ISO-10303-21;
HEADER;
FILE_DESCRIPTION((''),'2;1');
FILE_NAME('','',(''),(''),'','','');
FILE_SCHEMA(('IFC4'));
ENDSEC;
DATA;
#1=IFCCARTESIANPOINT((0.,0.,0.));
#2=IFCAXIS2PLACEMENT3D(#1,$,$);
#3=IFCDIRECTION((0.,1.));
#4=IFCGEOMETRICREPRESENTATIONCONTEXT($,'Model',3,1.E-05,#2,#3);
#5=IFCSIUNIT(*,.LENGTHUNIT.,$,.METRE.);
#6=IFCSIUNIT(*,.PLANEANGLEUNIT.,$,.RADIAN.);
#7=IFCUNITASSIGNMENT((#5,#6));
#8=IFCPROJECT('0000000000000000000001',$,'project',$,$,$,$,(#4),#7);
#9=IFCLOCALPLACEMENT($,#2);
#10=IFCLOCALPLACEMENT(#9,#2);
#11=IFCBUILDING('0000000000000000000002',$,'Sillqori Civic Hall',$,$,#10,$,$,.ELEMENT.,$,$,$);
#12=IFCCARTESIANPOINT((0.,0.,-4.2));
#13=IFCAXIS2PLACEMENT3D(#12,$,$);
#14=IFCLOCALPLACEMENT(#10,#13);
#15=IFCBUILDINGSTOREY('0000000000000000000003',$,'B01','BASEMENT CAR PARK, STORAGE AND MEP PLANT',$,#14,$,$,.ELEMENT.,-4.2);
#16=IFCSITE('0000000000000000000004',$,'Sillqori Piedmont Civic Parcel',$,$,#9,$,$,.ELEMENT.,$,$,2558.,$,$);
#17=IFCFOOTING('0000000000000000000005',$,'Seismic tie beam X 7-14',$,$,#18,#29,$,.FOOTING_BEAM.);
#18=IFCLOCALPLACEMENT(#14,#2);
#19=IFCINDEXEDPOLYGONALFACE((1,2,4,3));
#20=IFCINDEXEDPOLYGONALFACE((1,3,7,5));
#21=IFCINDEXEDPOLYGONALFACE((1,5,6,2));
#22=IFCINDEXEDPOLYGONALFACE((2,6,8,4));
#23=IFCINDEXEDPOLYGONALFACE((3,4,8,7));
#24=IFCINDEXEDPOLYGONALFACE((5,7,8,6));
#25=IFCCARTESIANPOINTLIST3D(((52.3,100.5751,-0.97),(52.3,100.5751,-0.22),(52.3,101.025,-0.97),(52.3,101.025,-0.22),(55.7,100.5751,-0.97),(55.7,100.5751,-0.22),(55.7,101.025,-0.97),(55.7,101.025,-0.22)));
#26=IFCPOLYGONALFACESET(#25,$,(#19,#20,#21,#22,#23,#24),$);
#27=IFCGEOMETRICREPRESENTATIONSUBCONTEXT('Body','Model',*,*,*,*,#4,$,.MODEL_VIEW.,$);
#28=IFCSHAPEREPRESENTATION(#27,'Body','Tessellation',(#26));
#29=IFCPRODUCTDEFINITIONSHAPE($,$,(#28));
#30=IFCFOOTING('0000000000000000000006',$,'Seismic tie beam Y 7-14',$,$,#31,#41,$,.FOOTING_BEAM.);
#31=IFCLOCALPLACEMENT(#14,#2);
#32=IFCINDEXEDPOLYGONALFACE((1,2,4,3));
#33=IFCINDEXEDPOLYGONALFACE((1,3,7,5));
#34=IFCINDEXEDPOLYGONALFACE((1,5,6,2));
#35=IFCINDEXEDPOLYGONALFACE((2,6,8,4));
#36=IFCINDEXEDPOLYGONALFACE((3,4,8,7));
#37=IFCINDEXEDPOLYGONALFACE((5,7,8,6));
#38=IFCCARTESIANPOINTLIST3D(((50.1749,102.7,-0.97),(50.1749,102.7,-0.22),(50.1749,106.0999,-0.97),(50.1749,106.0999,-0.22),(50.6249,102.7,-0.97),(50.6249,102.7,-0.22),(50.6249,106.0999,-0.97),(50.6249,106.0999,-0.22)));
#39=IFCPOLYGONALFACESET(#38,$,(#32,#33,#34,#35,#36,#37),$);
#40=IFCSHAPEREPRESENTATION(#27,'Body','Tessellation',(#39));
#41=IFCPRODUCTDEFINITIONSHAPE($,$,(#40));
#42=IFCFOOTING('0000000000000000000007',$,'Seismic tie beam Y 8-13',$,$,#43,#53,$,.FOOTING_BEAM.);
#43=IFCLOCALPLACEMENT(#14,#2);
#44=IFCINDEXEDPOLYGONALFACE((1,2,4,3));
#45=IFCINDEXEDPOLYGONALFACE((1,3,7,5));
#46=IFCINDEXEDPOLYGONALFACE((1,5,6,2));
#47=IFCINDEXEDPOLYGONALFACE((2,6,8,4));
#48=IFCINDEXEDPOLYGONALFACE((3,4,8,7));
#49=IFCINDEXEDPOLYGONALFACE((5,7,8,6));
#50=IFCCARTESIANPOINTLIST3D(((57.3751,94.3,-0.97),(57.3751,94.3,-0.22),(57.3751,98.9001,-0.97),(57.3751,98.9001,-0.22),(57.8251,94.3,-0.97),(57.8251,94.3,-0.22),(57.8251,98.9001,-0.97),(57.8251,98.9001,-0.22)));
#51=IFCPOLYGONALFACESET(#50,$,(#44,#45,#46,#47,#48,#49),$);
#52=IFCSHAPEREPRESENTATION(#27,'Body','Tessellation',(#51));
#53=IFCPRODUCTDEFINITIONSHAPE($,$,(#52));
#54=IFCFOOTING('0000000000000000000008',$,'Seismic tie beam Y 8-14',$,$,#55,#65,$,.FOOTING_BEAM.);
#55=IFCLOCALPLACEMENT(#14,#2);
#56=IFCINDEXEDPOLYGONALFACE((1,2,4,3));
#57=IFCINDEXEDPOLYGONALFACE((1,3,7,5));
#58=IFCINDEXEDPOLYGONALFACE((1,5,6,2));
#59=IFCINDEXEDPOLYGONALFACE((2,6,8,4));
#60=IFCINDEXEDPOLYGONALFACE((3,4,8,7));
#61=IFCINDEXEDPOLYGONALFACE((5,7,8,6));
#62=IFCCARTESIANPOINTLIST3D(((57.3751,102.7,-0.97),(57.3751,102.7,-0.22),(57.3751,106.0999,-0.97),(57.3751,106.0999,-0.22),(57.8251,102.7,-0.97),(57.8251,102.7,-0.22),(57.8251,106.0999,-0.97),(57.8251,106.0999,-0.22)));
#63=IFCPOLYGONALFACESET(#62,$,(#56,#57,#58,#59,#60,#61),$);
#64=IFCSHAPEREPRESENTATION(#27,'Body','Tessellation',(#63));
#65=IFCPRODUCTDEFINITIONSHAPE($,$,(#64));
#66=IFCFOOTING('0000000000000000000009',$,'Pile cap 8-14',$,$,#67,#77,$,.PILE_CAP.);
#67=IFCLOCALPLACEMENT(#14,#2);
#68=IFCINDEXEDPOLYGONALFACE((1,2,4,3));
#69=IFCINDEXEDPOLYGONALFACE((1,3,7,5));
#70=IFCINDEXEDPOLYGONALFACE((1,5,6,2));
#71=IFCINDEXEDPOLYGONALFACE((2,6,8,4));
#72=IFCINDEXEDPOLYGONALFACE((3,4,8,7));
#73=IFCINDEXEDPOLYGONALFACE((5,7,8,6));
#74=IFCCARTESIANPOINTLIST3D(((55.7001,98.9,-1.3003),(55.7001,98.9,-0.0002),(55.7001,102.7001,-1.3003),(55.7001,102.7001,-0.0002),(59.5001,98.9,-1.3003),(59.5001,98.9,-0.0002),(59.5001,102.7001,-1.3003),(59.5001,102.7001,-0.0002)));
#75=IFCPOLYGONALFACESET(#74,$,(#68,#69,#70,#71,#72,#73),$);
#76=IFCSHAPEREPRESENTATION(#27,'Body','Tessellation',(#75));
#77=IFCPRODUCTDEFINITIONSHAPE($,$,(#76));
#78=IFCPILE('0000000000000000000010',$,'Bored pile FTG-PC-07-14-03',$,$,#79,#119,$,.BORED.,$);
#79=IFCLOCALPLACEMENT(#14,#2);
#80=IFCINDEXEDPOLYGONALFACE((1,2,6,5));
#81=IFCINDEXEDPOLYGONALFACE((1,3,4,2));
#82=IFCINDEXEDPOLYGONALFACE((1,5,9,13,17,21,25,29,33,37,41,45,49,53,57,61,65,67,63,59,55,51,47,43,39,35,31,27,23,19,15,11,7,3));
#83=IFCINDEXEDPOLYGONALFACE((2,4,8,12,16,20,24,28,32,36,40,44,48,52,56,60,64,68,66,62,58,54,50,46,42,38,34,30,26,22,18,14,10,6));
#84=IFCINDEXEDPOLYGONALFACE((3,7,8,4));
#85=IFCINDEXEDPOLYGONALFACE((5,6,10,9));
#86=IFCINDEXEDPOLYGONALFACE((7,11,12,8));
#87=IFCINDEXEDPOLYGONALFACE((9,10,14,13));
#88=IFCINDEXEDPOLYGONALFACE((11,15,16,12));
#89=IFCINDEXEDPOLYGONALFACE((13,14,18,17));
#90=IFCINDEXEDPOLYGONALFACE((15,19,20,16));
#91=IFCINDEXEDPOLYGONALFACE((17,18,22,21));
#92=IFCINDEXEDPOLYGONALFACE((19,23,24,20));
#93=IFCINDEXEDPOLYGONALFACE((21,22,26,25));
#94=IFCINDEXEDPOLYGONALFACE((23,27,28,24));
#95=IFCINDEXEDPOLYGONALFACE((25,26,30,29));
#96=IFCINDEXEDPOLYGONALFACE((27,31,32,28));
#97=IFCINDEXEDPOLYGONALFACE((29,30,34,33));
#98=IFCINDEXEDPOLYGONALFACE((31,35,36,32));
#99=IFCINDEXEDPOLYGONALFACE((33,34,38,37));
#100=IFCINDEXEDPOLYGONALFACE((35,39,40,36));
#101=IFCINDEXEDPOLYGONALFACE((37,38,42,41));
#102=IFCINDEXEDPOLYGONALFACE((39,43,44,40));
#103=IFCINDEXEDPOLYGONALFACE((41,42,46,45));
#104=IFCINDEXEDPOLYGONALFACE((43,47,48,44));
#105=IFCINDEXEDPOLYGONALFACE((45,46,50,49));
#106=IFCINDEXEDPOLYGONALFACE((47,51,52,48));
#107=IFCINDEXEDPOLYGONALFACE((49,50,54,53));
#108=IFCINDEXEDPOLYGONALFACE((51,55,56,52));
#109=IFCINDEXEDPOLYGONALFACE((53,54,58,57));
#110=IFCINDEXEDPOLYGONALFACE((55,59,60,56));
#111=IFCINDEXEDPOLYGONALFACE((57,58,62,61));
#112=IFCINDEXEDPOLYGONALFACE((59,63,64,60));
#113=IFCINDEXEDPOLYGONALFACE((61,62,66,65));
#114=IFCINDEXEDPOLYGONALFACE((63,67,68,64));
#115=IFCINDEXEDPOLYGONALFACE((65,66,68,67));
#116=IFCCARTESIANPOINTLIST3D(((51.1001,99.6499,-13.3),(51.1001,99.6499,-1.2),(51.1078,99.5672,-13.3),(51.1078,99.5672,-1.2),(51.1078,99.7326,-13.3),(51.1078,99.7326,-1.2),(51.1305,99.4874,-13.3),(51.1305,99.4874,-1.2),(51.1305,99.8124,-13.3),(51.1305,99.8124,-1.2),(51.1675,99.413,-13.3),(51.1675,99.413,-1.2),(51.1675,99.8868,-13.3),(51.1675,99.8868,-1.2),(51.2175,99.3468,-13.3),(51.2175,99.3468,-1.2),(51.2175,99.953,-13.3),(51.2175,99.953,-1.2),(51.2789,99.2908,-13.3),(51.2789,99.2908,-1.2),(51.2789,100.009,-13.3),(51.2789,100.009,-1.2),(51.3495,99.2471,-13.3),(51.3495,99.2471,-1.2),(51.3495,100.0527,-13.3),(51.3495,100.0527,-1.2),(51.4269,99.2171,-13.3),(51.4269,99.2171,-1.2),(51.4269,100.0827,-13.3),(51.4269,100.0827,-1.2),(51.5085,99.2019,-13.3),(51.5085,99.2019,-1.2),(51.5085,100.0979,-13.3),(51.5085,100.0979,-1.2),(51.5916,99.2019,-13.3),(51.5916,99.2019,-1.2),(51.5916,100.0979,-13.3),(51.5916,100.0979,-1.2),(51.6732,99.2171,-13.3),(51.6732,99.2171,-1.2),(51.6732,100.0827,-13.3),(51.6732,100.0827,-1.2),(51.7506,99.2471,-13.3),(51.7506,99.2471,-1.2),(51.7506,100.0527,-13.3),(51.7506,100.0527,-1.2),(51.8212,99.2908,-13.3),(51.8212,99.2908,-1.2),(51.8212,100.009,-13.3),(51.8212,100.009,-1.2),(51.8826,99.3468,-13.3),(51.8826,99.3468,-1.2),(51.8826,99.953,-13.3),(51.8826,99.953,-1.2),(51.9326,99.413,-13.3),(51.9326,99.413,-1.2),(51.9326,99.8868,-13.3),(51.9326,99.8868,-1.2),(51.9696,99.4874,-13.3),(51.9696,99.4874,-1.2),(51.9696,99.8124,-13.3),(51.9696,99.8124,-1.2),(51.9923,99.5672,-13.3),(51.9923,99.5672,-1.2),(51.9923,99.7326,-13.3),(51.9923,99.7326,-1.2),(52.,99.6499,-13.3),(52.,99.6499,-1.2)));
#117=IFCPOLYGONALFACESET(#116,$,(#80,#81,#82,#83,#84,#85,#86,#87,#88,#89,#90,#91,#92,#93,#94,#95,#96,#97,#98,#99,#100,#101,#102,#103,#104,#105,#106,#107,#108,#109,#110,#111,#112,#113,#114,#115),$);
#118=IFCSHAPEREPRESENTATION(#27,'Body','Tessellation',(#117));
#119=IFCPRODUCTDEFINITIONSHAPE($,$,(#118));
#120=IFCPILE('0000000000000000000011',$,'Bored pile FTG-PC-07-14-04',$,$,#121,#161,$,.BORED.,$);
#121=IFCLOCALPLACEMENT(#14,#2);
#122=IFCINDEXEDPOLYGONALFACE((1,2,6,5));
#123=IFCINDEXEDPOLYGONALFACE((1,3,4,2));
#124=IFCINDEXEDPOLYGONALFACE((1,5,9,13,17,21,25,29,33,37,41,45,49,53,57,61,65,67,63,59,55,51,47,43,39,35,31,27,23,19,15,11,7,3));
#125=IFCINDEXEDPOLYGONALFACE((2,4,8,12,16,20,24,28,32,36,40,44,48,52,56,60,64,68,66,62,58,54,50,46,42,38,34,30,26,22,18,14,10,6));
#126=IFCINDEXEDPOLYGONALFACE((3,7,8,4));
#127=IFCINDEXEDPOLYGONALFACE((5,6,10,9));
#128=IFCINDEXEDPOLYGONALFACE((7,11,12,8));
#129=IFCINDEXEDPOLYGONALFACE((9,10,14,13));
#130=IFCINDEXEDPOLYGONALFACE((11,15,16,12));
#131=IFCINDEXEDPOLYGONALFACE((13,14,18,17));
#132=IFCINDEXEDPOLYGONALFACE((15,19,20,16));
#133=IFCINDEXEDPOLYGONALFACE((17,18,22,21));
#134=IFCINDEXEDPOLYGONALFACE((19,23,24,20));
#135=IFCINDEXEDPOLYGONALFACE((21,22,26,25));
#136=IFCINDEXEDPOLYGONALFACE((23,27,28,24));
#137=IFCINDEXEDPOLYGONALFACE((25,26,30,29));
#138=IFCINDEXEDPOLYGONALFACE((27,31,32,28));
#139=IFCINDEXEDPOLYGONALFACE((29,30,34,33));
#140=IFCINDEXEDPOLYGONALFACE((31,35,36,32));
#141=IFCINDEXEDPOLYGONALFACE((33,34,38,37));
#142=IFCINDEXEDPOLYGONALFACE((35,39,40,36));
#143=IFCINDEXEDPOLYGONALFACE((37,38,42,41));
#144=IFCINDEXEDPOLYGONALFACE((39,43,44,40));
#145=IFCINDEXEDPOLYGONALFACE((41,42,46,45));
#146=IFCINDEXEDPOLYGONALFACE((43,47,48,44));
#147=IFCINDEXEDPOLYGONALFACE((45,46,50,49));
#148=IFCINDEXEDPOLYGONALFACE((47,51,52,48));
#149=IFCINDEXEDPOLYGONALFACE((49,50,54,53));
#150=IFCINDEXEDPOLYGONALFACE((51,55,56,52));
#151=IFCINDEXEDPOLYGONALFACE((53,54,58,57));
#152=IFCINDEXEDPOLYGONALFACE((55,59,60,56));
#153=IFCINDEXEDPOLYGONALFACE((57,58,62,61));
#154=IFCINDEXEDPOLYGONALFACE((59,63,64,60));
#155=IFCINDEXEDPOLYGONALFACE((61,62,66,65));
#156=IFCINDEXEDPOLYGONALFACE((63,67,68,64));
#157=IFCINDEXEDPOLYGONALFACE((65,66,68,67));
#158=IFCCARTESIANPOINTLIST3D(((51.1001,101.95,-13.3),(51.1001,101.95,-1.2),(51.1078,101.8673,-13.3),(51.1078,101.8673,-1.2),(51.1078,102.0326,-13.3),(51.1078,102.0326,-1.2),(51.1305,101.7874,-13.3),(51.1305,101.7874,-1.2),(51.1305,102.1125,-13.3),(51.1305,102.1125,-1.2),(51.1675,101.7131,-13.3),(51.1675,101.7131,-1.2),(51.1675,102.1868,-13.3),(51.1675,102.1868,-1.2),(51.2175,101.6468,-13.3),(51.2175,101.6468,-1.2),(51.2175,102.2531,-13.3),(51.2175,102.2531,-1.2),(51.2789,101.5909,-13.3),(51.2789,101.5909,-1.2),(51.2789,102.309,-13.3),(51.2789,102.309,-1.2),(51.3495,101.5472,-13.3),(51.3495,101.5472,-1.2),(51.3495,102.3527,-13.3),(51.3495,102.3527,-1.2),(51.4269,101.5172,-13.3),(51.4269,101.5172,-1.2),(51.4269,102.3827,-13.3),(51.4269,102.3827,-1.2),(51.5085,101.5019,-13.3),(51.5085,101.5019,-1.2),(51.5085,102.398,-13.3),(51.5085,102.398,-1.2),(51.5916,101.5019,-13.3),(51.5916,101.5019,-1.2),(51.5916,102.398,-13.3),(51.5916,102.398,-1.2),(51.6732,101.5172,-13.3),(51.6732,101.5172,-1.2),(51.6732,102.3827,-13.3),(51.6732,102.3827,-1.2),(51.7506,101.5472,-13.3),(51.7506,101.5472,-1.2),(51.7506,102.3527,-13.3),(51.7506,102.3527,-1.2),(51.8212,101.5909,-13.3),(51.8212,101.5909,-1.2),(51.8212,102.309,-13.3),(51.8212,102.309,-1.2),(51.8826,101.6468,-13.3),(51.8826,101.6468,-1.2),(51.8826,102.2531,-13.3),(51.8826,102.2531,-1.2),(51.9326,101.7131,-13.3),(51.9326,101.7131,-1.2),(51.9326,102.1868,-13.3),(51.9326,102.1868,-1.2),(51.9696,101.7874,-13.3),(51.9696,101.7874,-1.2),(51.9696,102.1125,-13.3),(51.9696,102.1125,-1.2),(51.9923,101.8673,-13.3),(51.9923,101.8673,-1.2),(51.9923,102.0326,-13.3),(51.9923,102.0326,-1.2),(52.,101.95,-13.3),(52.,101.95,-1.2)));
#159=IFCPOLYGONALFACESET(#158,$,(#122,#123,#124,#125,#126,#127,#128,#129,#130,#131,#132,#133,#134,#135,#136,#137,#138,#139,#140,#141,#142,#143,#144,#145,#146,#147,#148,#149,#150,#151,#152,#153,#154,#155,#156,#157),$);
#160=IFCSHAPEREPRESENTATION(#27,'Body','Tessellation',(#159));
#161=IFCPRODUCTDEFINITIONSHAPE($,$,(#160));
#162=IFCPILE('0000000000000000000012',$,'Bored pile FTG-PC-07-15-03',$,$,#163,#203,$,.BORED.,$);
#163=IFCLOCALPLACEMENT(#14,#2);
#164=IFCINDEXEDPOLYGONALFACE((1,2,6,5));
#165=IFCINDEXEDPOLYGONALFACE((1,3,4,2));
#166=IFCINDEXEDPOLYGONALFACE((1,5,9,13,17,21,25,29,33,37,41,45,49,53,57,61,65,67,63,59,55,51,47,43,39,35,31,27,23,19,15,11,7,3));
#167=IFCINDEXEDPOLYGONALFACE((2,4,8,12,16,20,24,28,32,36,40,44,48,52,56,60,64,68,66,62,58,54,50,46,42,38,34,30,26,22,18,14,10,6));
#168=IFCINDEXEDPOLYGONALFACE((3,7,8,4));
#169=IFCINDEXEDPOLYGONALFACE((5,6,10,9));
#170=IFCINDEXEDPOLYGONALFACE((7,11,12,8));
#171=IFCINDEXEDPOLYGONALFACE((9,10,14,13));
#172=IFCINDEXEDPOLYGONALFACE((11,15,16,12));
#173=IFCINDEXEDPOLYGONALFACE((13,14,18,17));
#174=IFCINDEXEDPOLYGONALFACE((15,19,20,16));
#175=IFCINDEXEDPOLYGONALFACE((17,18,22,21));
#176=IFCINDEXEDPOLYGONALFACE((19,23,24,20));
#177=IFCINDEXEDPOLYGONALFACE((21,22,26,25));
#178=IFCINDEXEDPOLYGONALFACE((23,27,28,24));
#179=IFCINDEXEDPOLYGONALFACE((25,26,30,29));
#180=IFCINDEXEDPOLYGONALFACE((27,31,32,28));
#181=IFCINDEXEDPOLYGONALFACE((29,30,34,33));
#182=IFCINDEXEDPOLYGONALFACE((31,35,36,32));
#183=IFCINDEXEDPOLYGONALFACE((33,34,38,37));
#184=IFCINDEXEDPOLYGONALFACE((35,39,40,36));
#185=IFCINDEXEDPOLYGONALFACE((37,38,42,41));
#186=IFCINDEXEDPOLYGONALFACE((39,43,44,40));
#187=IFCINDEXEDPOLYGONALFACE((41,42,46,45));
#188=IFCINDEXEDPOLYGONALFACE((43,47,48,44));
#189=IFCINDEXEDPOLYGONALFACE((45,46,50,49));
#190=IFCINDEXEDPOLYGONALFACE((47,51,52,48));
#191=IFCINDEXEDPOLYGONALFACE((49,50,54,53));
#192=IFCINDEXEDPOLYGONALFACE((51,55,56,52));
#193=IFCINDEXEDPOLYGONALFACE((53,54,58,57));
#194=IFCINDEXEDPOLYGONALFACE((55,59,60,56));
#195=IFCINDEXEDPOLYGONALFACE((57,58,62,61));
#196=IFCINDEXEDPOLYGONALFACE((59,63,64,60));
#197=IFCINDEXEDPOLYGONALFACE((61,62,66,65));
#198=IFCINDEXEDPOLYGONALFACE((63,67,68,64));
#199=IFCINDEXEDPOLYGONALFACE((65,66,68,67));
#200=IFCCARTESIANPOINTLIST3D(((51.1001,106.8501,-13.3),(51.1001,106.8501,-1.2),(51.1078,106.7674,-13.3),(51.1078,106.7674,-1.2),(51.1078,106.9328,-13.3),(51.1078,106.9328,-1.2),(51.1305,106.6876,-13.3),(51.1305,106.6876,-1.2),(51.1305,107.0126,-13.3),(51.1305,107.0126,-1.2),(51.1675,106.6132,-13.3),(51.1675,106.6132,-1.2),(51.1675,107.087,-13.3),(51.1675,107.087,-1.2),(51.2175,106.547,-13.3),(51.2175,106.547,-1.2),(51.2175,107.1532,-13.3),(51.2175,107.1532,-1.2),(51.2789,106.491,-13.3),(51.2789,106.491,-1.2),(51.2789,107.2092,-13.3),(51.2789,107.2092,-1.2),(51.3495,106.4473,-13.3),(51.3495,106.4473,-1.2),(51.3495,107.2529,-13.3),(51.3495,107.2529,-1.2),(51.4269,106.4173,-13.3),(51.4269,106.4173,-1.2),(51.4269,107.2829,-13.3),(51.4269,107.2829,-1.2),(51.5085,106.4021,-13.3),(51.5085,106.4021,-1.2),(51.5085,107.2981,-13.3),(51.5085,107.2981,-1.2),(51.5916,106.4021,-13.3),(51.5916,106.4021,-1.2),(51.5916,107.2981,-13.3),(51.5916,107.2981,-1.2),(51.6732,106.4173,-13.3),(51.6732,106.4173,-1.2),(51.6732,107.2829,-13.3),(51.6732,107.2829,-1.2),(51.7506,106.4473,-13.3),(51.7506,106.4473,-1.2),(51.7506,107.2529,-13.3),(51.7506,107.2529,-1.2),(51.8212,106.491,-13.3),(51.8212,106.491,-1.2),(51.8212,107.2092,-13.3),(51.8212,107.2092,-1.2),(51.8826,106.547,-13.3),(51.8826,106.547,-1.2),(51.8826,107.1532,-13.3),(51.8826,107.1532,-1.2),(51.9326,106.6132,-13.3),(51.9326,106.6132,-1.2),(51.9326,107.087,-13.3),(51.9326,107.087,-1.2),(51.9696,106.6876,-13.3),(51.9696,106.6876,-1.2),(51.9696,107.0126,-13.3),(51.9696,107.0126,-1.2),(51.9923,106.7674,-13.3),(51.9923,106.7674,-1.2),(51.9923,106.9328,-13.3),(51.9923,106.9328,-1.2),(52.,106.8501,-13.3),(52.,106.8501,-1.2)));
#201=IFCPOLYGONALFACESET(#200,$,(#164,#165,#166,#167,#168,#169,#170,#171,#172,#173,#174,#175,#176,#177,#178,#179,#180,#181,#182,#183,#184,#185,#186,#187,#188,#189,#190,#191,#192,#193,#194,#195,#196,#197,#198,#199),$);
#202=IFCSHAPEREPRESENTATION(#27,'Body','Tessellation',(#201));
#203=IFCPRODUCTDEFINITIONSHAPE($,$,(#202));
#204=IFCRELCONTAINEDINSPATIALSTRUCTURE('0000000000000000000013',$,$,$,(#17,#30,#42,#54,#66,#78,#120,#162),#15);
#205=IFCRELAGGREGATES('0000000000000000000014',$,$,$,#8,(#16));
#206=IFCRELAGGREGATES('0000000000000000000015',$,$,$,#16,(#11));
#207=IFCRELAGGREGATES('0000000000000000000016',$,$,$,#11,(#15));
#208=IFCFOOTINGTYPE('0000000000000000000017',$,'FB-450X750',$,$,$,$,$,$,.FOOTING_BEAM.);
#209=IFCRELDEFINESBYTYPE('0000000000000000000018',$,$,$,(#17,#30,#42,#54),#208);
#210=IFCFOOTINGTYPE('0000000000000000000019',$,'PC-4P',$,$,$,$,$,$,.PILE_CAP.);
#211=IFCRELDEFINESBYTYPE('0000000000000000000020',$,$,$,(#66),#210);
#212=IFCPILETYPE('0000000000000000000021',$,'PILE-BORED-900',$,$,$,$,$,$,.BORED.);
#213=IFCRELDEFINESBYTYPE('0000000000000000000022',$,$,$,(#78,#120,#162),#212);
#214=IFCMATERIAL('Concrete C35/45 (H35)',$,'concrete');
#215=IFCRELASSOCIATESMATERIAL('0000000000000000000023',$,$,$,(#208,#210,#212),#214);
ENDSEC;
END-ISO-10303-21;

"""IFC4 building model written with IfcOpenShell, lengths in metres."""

from ifc_helpers import new_model, si_unit, direction, frame, origin, origin_2d, place, context, subcontext, project, spatial, rectangle, circle, extrude, material, material_profile, profile_set, type_object, element, save


model = new_model("IFC4")

# Units and contexts
model_context = context("Model", 3, precision=1e-05, world=origin(), true_north=direction((0.0, 1.0)))
body_context = subcontext(model_context, "Body", "Model", "MODEL_VIEW")
ifc_project = project(units=[si_unit("LENGTHUNIT", "METRE"), si_unit("PLANEANGLEUNIT", "RADIAN")], contexts=[model_context])

# Site, building, storey
site_placement = place(None, origin())
site = spatial("IfcSite", under=ifc_project, at=site_placement, Name="Sillqori Piedmont Civic Parcel", CompositionType="ELEMENT", RefElevation=2558.0)
building_placement = place(site_placement, origin())
building = spatial("IfcBuilding", under=site, at=building_placement, Name="Sillqori Civic Hall", CompositionType="ELEMENT")
storey_placement = place(building_placement, frame((0.0, 0.0, -4.2)))
storey = spatial("IfcBuildingStorey", under=building, at=storey_placement, Name="B01", Description="BASEMENT CAR PARK, STORAGE AND MEP PLANT", CompositionType="ELEMENT", Elevation=-4.2)

# Footings
ifc_material_1 = material(Name="Concrete C35/45 (H35)", Category="concrete")
footing_type_1 = type_object("IfcFootingType", Name="FB-450X750", PredefinedType="FOOTING_BEAM", material=ifc_material_1)
footing_1_placement = place(storey_placement, frame((54.0, 100.8, -0.97), z_axis=(0.0, 0.0, 1.0), x_axis=(1.0, 0.0, 0.0)))
element("IfcFooting", 1, at=footing_1_placement, inside=storey, type_object=footing_type_1, Name="Seismic tie beam X 7-14", PredefinedType="FOOTING_BEAM", context=body_context, shape_type="SweptSolid", body=[
    extrude(rectangle(XDim=3.3999, YDim=0.45, at=origin_2d()), origin(), (0.0, 0.0, 1.0), 0.75),
])
footing_2_placement = place(storey_placement, frame((50.3999, 104.3999, -0.97), z_axis=(0.0, 0.0, 1.0), x_axis=(1.0, 0.0, 0.0)))
element("IfcFooting", 2, at=footing_2_placement, inside=storey, type_object=footing_type_1, Name="Seismic tie beam Y 7-14", PredefinedType="FOOTING_BEAM", context=body_context, shape_type="SweptSolid", body=[
    extrude(rectangle(XDim=0.45, YDim=3.3999, at=origin_2d()), origin(), (0.0, 0.0, 1.0), 0.75),
])
footing_3_placement = place(storey_placement, frame((57.6001, 96.6001, -0.97), z_axis=(0.0, 0.0, 1.0), x_axis=(1.0, 0.0, 0.0)))
element("IfcFooting", 3, at=footing_3_placement, inside=storey, type_object=footing_type_1, Name="Seismic tie beam Y 8-13", PredefinedType="FOOTING_BEAM", context=body_context, shape_type="SweptSolid", body=[
    extrude(rectangle(XDim=0.45, YDim=4.6001, at=origin_2d()), origin(), (0.0, 0.0, 1.0), 0.75),
])
footing_4_placement = place(storey_placement, frame((57.6001, 104.3999, -0.97), z_axis=(0.0, 0.0, 1.0), x_axis=(1.0, 0.0, 0.0)))
element("IfcFooting", 4, at=footing_4_placement, inside=storey, type_object=footing_type_1, Name="Seismic tie beam Y 8-14", PredefinedType="FOOTING_BEAM", context=body_context, shape_type="SweptSolid", body=[
    extrude(rectangle(XDim=0.45, YDim=3.3999, at=origin_2d()), origin(), (0.0, 0.0, 1.0), 0.75),
])
footing_type_2 = type_object("IfcFootingType", Name="PC-4P", PredefinedType="PILE_CAP", material=ifc_material_1)
footing_5_placement = place(storey_placement, frame((57.6001, 100.8, -1.3003), z_axis=(0.0, 0.0, 1.0), x_axis=(1.0, 0.0, 0.0)))
element("IfcFooting", 5, at=footing_5_placement, inside=storey, type_object=footing_type_2, Name="Pile cap 8-14", PredefinedType="PILE_CAP", context=body_context, shape_type="SweptSolid", body=[
    extrude(rectangle(XDim=3.8, YDim=3.8, at=origin_2d()), origin(), (0.0, 0.0, 1.0), 1.3),
])

# Piles
ifc_material_profile_1 = material_profile(ifc_material_1, circle(Radius=0.45, at=origin_2d()), Name="BORED PILE 900")
ifc_profile_set_1 = profile_set([ifc_material_profile_1], Name="Concrete C35/45 (H35)")
pile_type = type_object("IfcPileType", Name="PILE-BORED-900", PredefinedType="BORED", material=ifc_profile_set_1)
for number, where, z_axis, x_axis, name in (
    (6, (51.55, 99.6499, -1.2), (0.0, 0.0, -1.0), (1.0, 0.0, 0.0), "Bored pile FTG-PC-07-14-03"),
    (7, (51.55, 101.95, -1.2), (0.0, 0.0, -1.0), (1.0, 0.0, 0.0), "Bored pile FTG-PC-07-14-04"),
    (8, (51.55, 106.8501, -1.2), (0.0, 0.0, -1.0), (1.0, 0.0, 0.0), "Bored pile FTG-PC-07-15-03"),
):
    element("IfcPile", number, at=place(storey_placement, frame(where, z_axis=z_axis, x_axis=x_axis)), inside=storey, type_object=pile_type, Name=name, PredefinedType="BORED", context=body_context, shape_type="SweptSolid", body=[
        extrude(circle(Radius=0.45, at=origin_2d()), origin(), (0.0, 0.0, 1.0), 12.1001),
    ])

save(model, "model.ifc")
